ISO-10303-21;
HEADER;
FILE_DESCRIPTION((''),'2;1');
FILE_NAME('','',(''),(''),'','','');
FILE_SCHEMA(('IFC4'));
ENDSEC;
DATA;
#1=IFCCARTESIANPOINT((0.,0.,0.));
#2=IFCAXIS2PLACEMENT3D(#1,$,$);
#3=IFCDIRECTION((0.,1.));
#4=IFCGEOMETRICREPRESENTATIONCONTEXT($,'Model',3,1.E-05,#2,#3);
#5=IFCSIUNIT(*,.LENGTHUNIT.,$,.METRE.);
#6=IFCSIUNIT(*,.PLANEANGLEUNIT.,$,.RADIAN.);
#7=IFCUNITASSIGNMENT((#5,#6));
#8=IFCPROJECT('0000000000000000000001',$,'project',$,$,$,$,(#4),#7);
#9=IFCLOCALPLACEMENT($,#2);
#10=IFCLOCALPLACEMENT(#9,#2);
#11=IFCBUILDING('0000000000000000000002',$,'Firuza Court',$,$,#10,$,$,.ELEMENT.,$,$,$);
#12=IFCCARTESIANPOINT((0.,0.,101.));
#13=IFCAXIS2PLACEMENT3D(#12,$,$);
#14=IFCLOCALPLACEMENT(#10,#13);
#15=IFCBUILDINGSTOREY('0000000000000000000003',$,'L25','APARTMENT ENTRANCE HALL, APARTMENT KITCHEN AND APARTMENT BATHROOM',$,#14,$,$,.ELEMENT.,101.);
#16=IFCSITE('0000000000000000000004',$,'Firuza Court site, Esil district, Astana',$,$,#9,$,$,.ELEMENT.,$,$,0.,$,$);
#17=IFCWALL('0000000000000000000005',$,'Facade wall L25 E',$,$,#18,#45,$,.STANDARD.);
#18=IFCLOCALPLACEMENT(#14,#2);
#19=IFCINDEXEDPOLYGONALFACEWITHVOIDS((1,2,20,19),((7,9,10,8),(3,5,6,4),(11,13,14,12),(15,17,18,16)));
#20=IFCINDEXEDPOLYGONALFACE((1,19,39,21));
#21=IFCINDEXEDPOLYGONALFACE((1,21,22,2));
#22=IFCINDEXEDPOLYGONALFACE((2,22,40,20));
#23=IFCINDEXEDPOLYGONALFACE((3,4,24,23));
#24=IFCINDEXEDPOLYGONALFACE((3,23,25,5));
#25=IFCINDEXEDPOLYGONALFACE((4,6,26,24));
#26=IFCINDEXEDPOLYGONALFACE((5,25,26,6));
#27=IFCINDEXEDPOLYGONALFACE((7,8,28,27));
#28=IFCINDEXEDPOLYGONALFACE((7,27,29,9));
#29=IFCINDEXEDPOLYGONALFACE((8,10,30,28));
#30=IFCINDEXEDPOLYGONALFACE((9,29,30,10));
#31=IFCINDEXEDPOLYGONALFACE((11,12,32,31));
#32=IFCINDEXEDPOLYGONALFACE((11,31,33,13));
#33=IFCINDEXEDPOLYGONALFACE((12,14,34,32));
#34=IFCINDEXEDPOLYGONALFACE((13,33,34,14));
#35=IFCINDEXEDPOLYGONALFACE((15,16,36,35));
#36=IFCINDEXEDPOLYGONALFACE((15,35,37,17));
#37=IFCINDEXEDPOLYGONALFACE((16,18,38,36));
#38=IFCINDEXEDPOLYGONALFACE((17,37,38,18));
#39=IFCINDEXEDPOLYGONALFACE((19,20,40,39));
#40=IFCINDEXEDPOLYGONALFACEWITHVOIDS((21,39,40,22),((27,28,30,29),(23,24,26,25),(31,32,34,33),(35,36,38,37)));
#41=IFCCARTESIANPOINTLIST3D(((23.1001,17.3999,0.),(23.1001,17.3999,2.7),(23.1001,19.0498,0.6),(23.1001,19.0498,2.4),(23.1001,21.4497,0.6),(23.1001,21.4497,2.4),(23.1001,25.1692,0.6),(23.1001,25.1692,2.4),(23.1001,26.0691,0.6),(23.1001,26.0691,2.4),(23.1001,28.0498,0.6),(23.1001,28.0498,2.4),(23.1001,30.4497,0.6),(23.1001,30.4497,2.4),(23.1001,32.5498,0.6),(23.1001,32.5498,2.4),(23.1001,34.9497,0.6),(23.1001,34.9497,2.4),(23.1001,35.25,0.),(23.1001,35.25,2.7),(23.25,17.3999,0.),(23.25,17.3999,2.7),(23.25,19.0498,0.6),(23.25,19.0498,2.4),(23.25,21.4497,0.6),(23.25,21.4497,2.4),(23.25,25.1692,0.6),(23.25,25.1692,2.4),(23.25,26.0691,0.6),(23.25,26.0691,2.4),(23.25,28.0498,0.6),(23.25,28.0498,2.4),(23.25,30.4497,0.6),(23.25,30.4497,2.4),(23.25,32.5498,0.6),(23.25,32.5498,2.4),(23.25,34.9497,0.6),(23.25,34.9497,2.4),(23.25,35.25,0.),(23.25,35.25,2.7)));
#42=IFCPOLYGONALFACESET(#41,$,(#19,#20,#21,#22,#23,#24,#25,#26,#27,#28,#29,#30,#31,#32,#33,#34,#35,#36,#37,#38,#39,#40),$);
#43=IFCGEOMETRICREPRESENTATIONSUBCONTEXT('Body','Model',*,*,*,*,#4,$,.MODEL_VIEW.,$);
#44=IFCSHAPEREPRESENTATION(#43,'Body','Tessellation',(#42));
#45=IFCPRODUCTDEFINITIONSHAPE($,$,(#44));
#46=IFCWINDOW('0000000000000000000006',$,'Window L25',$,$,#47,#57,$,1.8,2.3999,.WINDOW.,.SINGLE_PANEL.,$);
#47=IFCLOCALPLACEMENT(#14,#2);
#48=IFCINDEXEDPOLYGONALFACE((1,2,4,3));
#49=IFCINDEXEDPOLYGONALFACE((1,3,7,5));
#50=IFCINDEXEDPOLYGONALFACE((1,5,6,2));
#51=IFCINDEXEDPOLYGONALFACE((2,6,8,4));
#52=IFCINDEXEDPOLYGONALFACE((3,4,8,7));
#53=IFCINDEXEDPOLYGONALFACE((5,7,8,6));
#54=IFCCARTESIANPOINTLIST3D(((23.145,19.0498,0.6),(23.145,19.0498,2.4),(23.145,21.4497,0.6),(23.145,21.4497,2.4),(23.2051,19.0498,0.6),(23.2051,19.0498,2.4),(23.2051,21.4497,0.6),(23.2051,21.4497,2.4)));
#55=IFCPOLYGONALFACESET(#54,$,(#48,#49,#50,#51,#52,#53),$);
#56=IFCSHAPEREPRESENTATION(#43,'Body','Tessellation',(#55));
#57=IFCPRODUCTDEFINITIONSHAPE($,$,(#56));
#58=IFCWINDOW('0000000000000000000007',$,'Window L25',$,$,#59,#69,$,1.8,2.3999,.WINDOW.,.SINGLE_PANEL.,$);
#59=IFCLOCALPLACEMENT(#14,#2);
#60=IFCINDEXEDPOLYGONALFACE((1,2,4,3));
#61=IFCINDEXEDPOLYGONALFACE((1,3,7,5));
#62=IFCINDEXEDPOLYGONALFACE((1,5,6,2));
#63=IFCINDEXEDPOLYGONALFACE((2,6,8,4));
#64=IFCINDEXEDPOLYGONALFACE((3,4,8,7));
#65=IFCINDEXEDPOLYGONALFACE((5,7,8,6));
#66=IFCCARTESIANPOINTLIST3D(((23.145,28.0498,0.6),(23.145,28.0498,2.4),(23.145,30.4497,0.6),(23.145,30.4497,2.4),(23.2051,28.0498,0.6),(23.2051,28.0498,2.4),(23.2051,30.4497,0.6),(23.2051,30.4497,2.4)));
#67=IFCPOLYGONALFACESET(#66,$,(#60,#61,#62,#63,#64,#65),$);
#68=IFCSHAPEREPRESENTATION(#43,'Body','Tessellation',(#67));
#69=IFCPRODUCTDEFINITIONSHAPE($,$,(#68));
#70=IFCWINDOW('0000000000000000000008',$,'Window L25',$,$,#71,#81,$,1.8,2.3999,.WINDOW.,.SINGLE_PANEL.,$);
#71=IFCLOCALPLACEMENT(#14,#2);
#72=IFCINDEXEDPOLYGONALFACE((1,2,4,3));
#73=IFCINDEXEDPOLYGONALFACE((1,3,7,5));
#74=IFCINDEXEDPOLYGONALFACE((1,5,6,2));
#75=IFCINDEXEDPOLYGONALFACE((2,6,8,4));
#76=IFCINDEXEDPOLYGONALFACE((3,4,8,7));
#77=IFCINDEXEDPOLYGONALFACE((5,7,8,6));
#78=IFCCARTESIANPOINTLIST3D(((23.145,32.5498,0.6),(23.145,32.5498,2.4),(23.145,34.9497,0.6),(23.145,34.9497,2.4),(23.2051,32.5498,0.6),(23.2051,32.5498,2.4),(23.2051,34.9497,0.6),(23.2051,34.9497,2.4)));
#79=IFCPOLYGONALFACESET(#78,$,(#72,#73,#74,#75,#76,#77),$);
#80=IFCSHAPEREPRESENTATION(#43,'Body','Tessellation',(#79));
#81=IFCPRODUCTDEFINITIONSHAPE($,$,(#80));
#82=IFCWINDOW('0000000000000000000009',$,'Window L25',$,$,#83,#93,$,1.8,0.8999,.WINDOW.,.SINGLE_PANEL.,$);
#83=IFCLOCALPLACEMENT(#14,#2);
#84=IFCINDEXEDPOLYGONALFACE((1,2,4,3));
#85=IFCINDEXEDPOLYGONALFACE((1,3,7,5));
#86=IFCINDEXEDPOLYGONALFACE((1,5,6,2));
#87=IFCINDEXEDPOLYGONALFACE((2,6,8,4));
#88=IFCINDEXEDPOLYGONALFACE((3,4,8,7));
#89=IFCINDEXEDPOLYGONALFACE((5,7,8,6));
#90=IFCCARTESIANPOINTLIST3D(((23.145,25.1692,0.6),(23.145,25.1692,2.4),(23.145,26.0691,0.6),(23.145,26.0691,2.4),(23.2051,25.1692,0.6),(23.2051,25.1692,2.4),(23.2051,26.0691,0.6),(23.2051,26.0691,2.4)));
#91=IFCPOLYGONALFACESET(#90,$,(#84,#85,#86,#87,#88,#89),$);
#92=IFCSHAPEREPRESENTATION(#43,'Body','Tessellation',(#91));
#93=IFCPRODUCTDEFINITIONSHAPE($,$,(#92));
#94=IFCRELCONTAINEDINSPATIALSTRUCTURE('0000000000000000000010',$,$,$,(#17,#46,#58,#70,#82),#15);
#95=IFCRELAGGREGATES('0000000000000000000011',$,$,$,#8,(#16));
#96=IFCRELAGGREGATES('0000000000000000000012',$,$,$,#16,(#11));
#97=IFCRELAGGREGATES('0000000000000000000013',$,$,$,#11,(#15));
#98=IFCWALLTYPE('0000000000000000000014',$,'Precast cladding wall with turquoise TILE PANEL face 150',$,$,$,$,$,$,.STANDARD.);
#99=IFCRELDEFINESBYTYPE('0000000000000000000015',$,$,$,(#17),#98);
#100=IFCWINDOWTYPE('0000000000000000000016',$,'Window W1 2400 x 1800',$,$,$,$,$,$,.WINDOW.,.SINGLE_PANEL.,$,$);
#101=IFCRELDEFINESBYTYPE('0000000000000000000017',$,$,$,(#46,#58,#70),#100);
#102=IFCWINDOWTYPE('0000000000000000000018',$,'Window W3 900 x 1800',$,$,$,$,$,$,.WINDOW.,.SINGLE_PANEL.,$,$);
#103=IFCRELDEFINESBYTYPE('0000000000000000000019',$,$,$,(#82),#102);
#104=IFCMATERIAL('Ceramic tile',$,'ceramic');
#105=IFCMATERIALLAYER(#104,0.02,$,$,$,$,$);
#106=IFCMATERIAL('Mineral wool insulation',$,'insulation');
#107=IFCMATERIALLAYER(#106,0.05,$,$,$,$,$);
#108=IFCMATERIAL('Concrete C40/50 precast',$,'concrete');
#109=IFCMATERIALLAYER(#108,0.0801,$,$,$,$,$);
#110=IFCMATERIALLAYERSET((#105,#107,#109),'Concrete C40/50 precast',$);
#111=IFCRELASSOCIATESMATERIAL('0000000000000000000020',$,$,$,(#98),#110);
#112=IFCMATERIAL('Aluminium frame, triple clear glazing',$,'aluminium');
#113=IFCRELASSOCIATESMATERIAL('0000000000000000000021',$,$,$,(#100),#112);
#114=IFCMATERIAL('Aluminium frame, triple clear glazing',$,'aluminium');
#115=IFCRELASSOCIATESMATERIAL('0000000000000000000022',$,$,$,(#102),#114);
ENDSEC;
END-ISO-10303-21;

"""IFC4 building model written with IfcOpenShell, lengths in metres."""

from ifc_helpers import new_model, si_unit, direction, frame, frame_2d, origin, place, context, subcontext, project, spatial, rectangle, extrude, material, layer, layer_set, type_object, element, fill, save


model = new_model("IFC4")

# Units and contexts
model_context = context("Model", 3, precision=1e-05, world=origin(), true_north=direction((0.0, 1.0)))
body_context = subcontext(model_context, "Body", "Model", "MODEL_VIEW")
ifc_project = project(units=[si_unit("LENGTHUNIT", "METRE"), si_unit("PLANEANGLEUNIT", "RADIAN")], contexts=[model_context])

# Site, building, storey
site_placement = place(None, origin())
site = spatial("IfcSite", under=ifc_project, at=site_placement, Name="Firuza Court site, Esil district, Astana", CompositionType="ELEMENT", RefElevation=0.0)
building_placement = place(site_placement, origin())
building = spatial("IfcBuilding", under=site, at=building_placement, Name="Firuza Court", CompositionType="ELEMENT")
storey_placement = place(building_placement, frame((0.0, 0.0, 101.0)))
storey = spatial("IfcBuildingStorey", under=building, at=storey_placement, Name="L25", Description="APARTMENT ENTRANCE HALL, APARTMENT KITCHEN AND APARTMENT BATHROOM", CompositionType="ELEMENT", Elevation=101.0)

# Wall, openings, windows
ifc_material_1 = material(Name="Ceramic tile", Category="ceramic")
ifc_layer_1 = layer(ifc_material_1, 0.02)
ifc_material_2 = material(Name="Mineral wool insulation", Category="insulation")
ifc_layer_2 = layer(ifc_material_2, 0.05)
ifc_material_3 = material(Name="Concrete C40/50 precast", Category="concrete")
ifc_layer_3 = layer(ifc_material_3, 0.0801)
ifc_layer_set = layer_set([ifc_layer_1, ifc_layer_2, ifc_layer_3], Name="Concrete C40/50 precast")
wall_type = type_object("IfcWallType", Name="Precast cladding wall with turquoise TILE PANEL face 150", PredefinedType="STANDARD", material=ifc_layer_set)
wall_1_placement = place(storey_placement, frame((23.175, 17.3999, 0.0), z_axis=(0.0, 0.0, 1.0), x_axis=(0.0, 1.0, 0.0)))
wall_1 = element("IfcWall", 1, at=wall_1_placement, inside=storey, type_object=wall_type, Name="Facade wall L25 E", PredefinedType="STANDARD", context=body_context, shape_type="SweptSolid", body=[
    extrude(rectangle(XDim=17.8501, YDim=0.1499, at=frame_2d((8.925, 0.0))), origin(), (0.0, 0.0, 1.0), 2.7),
])
opening_1_placement = place(wall_1_placement, frame((1.6499, 0.0, 0.6001)))
opening_1 = element("IfcOpeningElement", 2, at=opening_1_placement, cuts=wall_1, PredefinedType="OPENING", context=body_context, shape_type="SweptSolid", body=[
    extrude(rectangle(XDim=2.3999, YDim=1.8, at=frame_2d((1.2, 0.8999))), frame((0.0, 0.0869, 0.0), z_axis=(0.0, -1.0, 0.0), x_axis=(1.0, 0.0, 0.0)), (0.0, 0.0, 1.0), 0.1738),
])
opening_2_placement = place(wall_1_placement, frame((7.7693, 0.0, 0.6001)))
opening_2 = element("IfcOpeningElement", 3, at=opening_2_placement, cuts=wall_1, PredefinedType="OPENING", context=body_context, shape_type="SweptSolid", body=[
    extrude(rectangle(XDim=0.8999, YDim=1.8, at=frame_2d((0.45, 0.8999))), frame((0.0, 0.0869, 0.0), z_axis=(0.0, -1.0, 0.0), x_axis=(1.0, 0.0, 0.0)), (0.0, 0.0, 1.0), 0.1738),
])
opening_3_placement = place(wall_1_placement, frame((10.6499, 0.0, 0.6001)))
opening_3 = element("IfcOpeningElement", 4, at=opening_3_placement, cuts=wall_1, PredefinedType="OPENING", context=body_context, shape_type="SweptSolid", body=[
    extrude(rectangle(XDim=2.3999, YDim=1.8, at=frame_2d((1.2, 0.8999))), frame((0.0, 0.0869, 0.0), z_axis=(0.0, -1.0, 0.0), x_axis=(1.0, 0.0, 0.0)), (0.0, 0.0, 1.0), 0.1738),
])
opening_4_placement = place(wall_1_placement, frame((15.1499, 0.0, 0.6001)))
opening_4 = element("IfcOpeningElement", 5, at=opening_4_placement, cuts=wall_1, PredefinedType="OPENING", context=body_context, shape_type="SweptSolid", body=[
    extrude(rectangle(XDim=2.3999, YDim=1.8, at=frame_2d((1.2, 0.8999))), frame((0.0, 0.0869, 0.0), z_axis=(0.0, -1.0, 0.0), x_axis=(1.0, 0.0, 0.0)), (0.0, 0.0, 1.0), 0.1738),
])
ifc_material_4 = material(Name="Aluminium frame, triple clear glazing", Category="aluminium")
window_type_1 = type_object("IfcWindowType", Name="Window W1 2400 x 1800", PartitioningType="SINGLE_PANEL", PredefinedType="WINDOW", material=ifc_material_4)
window_1_placement = place(opening_1_placement, origin())
window_1 = element("IfcWindow", 6, at=window_1_placement, inside=storey, type_object=window_type_1, Name="Window L25", OverallHeight=1.8, OverallWidth=2.3999, PartitioningType="SINGLE_PANEL", PredefinedType="WINDOW", context=body_context, shape_type="SweptSolid", body=[
    extrude(rectangle(XDim=2.3999, YDim=1.8, at=frame_2d((1.2, 0.8999))), frame((0.0, 0.03, 0.0), z_axis=(0.0, -1.0, 0.0), x_axis=(1.0, 0.0, 0.0)), (0.0, 0.0, 1.0), 0.0601),
])
fill(opening_1, window_1)
window_2_placement = place(opening_3_placement, origin())
window_2 = element("IfcWindow", 7, at=window_2_placement, inside=storey, type_object=window_type_1, Name="Window L25", OverallHeight=1.8, OverallWidth=2.3999, PartitioningType="SINGLE_PANEL", PredefinedType="WINDOW", context=body_context, shape_type="SweptSolid", body=[
    extrude(rectangle(XDim=2.3999, YDim=1.8, at=frame_2d((1.2, 0.8999))), frame((0.0, 0.03, 0.0), z_axis=(0.0, -1.0, 0.0), x_axis=(1.0, 0.0, 0.0)), (0.0, 0.0, 1.0), 0.0601),
])
fill(opening_3, window_2)
window_3_placement = place(opening_4_placement, origin())
window_3 = element("IfcWindow", 8, at=window_3_placement, inside=storey, type_object=window_type_1, Name="Window L25", OverallHeight=1.8, OverallWidth=2.3999, PartitioningType="SINGLE_PANEL", PredefinedType="WINDOW", context=body_context, shape_type="SweptSolid", body=[
    extrude(rectangle(XDim=2.3999, YDim=1.8, at=frame_2d((1.2, 0.8999))), frame((0.0, 0.03, 0.0), z_axis=(0.0, -1.0, 0.0), x_axis=(1.0, 0.0, 0.0)), (0.0, 0.0, 1.0), 0.0601),
])
fill(opening_4, window_3)
ifc_material_5 = material(Name="Aluminium frame, triple clear glazing", Category="aluminium")
window_type_2 = type_object("IfcWindowType", Name="Window W3 900 x 1800", PartitioningType="SINGLE_PANEL", PredefinedType="WINDOW", material=ifc_material_5)
window_4_placement = place(opening_2_placement, origin())
window_4 = element("IfcWindow", 9, at=window_4_placement, inside=storey, type_object=window_type_2, Name="Window L25", OverallHeight=1.8, OverallWidth=0.8999, PartitioningType="SINGLE_PANEL", PredefinedType="WINDOW", context=body_context, shape_type="SweptSolid", body=[
    extrude(rectangle(XDim=0.8999, YDim=1.8, at=frame_2d((0.45, 0.8999))), frame((0.0, 0.03, 0.0), z_axis=(0.0, -1.0, 0.0), x_axis=(1.0, 0.0, 0.0)), (0.0, 0.0, 1.0), 0.0601),
])
fill(opening_2, window_4)

save(model, "model.ifc")
